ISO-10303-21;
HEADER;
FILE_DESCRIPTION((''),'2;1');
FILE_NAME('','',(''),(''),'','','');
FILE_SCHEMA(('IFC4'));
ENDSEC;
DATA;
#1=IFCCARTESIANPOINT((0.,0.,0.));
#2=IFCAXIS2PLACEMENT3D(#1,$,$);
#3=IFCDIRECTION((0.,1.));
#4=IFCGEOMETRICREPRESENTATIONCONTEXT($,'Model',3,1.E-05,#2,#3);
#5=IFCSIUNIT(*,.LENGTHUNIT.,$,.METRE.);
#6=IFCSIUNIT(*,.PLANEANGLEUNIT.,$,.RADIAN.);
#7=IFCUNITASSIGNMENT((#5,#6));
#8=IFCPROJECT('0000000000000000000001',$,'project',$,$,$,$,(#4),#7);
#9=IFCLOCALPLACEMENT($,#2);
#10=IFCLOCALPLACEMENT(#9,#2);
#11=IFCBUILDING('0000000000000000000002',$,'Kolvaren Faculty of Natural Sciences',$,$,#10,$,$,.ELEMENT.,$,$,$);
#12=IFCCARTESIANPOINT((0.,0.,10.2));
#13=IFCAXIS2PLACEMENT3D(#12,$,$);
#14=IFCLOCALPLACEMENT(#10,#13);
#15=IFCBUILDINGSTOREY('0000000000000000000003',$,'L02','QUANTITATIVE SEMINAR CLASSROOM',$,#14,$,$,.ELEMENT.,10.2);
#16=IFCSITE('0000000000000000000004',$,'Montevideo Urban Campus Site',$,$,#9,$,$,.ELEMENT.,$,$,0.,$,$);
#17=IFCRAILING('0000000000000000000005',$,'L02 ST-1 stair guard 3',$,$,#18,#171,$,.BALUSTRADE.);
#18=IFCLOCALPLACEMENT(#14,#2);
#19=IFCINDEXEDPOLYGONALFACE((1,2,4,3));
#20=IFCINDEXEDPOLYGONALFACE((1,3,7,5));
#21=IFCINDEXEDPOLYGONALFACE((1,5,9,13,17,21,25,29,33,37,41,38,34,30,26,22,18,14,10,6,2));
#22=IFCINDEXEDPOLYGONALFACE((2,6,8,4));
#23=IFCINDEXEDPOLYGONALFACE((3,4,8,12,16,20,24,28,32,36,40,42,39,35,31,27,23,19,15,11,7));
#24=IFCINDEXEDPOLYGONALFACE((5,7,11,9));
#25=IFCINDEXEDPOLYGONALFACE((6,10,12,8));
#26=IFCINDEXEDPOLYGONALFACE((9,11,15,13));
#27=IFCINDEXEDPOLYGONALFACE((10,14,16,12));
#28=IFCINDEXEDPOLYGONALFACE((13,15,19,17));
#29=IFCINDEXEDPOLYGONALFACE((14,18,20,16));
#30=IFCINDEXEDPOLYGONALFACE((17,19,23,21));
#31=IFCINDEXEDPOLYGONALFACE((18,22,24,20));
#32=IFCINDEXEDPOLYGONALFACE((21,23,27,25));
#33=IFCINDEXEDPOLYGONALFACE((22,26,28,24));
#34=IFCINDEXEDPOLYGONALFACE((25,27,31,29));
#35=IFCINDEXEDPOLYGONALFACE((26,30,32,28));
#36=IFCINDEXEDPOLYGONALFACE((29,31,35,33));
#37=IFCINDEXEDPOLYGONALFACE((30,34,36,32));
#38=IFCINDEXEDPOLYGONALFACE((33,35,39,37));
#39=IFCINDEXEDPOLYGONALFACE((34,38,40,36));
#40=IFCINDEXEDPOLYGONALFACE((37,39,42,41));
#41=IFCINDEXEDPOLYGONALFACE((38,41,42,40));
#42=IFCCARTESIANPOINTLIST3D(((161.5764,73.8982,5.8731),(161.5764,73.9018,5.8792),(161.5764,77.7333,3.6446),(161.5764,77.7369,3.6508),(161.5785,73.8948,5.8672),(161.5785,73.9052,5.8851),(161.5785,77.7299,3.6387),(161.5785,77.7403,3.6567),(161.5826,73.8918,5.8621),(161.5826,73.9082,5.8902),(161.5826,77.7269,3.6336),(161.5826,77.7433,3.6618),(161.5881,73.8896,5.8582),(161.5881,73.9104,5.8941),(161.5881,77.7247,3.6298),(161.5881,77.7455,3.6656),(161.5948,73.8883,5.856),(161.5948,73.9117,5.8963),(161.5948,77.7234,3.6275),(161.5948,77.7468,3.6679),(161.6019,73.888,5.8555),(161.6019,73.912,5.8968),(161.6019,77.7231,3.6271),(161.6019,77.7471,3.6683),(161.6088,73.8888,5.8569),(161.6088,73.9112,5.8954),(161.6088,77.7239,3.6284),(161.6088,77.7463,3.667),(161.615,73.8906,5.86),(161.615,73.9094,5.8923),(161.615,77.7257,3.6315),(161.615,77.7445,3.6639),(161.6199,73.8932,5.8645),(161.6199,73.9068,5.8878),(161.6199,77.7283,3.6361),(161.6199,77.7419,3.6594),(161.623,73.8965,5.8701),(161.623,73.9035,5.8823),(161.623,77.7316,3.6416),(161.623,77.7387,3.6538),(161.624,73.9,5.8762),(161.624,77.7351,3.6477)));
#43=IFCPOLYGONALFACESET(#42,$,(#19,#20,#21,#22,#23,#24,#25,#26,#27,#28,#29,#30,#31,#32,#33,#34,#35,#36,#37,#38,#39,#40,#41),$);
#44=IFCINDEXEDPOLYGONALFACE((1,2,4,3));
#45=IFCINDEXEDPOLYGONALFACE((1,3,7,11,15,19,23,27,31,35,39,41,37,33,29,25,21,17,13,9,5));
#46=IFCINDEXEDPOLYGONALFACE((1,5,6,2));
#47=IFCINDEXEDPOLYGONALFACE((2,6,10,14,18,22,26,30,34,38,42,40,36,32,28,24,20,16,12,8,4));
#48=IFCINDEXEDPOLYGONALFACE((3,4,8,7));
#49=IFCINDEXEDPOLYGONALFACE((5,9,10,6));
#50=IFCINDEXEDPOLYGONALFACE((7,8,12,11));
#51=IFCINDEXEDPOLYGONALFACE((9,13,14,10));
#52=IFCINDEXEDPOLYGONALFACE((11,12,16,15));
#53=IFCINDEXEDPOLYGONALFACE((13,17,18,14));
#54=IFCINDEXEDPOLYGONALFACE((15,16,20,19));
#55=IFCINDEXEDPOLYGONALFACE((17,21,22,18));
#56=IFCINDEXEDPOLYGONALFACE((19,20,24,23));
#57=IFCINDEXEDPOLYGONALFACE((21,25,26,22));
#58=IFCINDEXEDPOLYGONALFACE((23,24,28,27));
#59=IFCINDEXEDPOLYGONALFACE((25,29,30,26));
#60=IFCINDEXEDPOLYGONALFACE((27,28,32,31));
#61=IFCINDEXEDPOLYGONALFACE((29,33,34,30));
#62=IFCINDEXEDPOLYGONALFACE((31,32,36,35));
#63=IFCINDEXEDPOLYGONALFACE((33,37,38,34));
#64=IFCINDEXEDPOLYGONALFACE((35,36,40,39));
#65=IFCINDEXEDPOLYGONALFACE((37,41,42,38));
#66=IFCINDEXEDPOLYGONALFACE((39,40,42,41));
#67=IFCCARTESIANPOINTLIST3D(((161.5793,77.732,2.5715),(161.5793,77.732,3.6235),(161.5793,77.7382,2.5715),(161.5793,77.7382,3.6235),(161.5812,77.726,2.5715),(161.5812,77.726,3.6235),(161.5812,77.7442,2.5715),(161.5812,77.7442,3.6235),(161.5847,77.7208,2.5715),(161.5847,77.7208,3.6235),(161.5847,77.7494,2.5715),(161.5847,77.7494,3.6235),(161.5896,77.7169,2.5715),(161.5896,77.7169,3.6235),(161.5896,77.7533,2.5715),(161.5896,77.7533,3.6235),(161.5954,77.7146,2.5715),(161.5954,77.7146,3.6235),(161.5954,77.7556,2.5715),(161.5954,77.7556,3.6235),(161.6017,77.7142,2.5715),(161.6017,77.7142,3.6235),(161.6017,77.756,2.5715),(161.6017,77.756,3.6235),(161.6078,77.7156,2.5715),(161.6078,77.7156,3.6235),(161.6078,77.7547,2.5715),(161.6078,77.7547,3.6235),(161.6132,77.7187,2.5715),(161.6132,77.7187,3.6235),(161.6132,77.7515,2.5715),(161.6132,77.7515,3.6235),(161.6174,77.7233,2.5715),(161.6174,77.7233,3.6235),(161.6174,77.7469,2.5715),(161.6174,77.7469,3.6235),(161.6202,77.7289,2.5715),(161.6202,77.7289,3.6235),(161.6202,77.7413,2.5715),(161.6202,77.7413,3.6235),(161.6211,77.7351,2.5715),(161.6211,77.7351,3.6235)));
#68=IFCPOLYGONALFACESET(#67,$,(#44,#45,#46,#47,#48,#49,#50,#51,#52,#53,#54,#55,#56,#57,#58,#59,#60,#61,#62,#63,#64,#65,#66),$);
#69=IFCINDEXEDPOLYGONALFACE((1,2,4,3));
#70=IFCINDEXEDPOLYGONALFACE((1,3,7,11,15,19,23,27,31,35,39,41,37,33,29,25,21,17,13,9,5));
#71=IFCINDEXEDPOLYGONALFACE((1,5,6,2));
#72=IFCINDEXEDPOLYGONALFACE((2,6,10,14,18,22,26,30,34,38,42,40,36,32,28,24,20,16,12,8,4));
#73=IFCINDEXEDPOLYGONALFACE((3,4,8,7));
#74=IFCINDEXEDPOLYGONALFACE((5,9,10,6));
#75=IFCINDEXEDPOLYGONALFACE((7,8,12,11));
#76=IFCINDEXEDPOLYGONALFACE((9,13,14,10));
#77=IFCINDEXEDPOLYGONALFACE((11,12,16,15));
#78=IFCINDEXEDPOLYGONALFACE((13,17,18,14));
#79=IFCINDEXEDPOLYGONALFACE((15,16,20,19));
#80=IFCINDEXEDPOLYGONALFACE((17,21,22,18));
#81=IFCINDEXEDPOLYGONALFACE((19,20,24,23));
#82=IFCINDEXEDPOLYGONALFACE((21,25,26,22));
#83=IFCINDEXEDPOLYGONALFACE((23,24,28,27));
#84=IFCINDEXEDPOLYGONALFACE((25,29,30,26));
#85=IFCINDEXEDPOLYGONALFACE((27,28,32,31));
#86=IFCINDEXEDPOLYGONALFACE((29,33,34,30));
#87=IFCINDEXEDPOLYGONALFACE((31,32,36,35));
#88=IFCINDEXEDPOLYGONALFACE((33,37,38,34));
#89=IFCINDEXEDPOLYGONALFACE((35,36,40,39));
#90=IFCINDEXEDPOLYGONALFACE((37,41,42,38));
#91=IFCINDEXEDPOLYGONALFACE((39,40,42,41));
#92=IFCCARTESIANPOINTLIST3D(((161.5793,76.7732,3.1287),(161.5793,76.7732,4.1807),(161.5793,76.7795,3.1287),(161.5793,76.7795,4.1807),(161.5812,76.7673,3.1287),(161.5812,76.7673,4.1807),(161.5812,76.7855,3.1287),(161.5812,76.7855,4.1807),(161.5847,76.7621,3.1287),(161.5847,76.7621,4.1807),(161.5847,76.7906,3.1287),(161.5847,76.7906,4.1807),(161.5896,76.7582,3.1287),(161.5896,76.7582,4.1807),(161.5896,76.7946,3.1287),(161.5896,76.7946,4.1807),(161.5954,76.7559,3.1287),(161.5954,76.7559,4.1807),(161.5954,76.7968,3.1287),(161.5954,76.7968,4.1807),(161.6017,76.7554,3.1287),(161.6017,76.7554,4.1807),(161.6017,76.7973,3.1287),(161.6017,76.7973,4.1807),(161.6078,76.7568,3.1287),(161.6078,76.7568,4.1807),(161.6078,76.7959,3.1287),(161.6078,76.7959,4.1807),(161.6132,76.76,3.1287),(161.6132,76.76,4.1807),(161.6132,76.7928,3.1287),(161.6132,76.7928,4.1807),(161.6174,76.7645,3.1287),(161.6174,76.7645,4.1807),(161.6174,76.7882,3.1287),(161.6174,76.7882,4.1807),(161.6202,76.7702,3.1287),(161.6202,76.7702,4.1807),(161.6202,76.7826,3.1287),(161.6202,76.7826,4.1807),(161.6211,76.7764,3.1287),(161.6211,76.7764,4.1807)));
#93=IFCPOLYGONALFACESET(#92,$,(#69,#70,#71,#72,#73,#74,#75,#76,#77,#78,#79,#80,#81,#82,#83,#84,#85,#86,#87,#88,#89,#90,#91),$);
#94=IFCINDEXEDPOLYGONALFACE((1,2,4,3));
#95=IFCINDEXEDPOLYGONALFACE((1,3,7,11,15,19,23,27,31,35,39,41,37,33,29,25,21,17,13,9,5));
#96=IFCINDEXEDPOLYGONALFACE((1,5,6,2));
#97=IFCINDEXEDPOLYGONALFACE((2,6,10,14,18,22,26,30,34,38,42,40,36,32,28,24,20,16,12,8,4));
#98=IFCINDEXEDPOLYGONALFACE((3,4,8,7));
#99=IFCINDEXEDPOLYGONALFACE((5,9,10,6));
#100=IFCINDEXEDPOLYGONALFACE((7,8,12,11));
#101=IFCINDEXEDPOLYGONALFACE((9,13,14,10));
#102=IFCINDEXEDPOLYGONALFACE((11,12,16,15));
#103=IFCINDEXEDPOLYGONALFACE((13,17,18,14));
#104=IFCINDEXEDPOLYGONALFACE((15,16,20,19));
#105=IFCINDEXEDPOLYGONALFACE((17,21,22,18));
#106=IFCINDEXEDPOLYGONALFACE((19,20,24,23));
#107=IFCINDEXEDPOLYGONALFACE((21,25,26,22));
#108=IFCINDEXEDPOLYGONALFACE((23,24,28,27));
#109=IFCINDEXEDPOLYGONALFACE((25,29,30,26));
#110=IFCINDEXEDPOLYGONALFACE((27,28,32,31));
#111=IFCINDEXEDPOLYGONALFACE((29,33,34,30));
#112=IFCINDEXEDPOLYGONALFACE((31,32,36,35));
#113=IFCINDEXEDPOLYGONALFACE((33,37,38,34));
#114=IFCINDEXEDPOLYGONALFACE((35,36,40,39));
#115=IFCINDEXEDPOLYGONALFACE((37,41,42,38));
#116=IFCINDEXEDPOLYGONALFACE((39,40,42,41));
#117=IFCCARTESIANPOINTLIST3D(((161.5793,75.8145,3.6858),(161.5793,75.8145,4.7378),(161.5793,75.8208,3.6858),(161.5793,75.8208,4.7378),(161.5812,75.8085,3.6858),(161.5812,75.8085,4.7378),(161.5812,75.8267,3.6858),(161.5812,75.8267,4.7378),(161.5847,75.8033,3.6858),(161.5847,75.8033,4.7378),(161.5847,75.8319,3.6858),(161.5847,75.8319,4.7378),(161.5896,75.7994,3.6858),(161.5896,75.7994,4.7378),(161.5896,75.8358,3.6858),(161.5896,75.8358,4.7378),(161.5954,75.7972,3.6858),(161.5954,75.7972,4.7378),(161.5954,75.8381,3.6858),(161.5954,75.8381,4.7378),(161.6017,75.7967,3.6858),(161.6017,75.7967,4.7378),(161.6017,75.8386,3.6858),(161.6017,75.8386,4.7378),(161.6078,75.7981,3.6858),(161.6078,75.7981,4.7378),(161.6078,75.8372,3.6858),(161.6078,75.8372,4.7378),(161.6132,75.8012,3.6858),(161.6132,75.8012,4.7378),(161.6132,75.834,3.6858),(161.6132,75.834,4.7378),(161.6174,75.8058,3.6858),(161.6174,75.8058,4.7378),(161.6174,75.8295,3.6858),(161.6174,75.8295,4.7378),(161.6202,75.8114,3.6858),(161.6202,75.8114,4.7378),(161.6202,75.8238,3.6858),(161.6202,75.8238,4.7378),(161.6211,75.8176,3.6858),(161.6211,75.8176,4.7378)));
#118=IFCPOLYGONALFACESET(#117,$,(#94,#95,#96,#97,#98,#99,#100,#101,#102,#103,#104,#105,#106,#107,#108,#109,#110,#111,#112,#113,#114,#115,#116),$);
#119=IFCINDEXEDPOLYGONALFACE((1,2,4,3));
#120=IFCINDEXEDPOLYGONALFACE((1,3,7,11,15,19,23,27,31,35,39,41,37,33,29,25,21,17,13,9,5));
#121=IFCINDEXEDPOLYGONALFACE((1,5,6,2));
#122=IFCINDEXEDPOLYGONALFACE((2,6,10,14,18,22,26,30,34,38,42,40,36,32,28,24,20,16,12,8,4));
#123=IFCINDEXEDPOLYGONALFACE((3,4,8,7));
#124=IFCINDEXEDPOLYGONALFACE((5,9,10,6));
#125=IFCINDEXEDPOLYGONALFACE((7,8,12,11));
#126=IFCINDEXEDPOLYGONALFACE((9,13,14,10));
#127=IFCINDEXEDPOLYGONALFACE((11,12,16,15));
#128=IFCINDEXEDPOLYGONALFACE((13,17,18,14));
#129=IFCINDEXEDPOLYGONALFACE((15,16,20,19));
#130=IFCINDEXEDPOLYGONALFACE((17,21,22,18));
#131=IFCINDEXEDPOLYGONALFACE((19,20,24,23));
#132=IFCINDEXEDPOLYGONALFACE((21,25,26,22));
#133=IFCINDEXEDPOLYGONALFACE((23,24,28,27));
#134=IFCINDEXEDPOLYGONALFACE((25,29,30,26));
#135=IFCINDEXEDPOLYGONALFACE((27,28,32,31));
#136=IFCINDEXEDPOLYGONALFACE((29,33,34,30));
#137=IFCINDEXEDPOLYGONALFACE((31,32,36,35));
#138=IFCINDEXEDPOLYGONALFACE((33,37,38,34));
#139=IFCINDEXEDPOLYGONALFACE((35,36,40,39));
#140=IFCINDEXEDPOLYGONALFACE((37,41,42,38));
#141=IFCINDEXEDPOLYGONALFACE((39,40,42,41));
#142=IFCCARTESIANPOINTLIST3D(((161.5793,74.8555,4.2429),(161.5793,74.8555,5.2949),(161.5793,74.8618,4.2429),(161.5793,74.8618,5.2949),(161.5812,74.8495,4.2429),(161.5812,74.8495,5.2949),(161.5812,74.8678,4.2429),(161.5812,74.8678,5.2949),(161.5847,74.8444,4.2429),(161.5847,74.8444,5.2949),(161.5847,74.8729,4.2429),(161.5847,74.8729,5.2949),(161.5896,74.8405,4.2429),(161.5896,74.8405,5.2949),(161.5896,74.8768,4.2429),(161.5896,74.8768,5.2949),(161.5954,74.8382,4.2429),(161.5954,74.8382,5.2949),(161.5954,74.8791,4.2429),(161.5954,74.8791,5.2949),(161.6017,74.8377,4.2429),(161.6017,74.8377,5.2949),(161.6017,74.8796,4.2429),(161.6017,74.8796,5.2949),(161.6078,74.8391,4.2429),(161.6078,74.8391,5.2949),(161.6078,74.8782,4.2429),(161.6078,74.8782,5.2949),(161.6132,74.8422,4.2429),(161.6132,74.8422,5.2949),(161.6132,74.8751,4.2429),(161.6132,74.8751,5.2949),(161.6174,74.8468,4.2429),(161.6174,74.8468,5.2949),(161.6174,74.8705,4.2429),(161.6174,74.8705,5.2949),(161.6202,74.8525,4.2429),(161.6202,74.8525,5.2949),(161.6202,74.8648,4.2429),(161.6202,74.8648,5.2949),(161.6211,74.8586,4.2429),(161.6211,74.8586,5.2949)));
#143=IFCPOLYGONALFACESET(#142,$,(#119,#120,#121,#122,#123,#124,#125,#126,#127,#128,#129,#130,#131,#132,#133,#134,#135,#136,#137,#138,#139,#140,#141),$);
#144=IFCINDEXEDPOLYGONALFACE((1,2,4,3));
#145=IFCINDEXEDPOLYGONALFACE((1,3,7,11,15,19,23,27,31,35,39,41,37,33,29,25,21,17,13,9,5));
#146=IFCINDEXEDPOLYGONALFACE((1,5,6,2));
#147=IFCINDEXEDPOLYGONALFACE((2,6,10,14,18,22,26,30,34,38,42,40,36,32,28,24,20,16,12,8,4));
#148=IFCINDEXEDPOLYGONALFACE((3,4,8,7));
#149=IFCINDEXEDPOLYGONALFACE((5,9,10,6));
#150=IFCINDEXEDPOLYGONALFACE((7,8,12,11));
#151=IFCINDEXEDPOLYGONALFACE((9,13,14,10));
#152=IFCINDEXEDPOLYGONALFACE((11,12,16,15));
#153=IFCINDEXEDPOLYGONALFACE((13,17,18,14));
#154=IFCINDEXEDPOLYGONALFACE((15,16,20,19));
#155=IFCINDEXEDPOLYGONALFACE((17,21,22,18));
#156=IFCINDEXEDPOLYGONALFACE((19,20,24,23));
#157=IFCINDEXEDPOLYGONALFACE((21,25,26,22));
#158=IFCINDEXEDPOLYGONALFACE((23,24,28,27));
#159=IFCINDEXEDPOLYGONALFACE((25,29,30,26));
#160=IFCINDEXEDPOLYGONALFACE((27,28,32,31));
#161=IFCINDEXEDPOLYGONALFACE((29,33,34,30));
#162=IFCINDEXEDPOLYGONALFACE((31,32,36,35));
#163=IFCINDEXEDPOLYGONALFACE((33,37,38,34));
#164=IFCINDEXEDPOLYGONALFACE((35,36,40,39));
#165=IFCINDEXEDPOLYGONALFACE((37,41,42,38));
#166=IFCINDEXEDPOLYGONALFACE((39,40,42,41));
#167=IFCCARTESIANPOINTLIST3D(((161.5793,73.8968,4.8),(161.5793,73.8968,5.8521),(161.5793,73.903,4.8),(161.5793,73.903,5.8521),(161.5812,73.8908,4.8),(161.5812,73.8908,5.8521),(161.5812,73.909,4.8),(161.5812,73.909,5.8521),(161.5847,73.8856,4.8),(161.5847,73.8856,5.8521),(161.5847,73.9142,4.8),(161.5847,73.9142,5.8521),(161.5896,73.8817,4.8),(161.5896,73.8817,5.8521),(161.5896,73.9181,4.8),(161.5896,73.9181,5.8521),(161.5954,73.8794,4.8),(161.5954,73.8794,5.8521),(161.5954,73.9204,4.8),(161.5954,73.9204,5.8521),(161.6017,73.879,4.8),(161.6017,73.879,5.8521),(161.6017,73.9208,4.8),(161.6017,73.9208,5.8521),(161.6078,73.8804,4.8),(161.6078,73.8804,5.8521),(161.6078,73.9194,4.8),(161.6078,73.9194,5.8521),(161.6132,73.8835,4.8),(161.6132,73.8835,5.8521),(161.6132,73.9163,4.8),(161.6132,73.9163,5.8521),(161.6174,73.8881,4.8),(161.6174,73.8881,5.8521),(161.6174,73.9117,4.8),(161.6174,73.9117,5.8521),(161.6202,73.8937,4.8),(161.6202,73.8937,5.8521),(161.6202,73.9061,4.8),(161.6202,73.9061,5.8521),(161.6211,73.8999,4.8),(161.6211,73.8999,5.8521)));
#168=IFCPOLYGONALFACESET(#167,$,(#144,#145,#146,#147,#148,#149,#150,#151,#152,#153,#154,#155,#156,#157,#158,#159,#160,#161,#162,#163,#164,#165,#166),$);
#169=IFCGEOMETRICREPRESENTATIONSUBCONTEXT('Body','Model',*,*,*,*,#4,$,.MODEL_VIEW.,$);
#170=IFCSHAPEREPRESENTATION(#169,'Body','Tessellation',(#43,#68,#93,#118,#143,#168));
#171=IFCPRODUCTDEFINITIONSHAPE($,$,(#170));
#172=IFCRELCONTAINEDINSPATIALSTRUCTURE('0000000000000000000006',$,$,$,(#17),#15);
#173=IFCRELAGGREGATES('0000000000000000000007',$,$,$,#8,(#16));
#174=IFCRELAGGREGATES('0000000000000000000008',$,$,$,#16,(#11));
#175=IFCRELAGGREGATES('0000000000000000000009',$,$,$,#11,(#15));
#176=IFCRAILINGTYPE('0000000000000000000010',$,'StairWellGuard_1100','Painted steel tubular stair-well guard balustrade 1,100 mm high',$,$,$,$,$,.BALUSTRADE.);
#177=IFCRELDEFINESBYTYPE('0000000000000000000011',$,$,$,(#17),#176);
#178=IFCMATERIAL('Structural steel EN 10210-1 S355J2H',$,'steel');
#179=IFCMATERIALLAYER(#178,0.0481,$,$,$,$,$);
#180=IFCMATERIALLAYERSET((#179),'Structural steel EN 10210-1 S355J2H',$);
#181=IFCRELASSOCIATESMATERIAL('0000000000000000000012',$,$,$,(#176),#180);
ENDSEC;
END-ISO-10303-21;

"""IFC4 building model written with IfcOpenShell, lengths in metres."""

from ifc_helpers import new_model, si_unit, direction, frame, origin, origin_2d, place, context, subcontext, project, spatial, circle, extrude, material, layer, layer_set, type_object, element, save


model = new_model("IFC4")

# Units and contexts
model_context = context("Model", 3, precision=1e-05, world=origin(), true_north=direction((0.0, 1.0)))
body_context = subcontext(model_context, "Body", "Model", "MODEL_VIEW")
ifc_project = project(units=[si_unit("LENGTHUNIT", "METRE"), si_unit("PLANEANGLEUNIT", "RADIAN")], contexts=[model_context])

# Site, building, storey
site_placement = place(None, origin())
site = spatial("IfcSite", under=ifc_project, at=site_placement, Name="Montevideo Urban Campus Site", CompositionType="ELEMENT", RefElevation=0.0)
building_placement = place(site_placement, origin())
building = spatial("IfcBuilding", under=site, at=building_placement, Name="Kolvaren Faculty of Natural Sciences", CompositionType="ELEMENT")
storey_placement = place(building_placement, frame((0.0, 0.0, 10.2)))
storey = spatial("IfcBuildingStorey", under=building, at=storey_placement, Name="L02", Description="QUANTITATIVE SEMINAR CLASSROOM", CompositionType="ELEMENT", Elevation=10.2)

# Railing
ifc_material_1 = material(Name="Structural steel EN 10210-1 S355J2H", Category="steel")
ifc_layer_1 = layer(ifc_material_1, 0.0481)
ifc_layer_set_1 = layer_set([ifc_layer_1], Name="Structural steel EN 10210-1 S355J2H")
railing_type_1 = type_object("IfcRailingType", Name="StairWellGuard_1100", Description="Painted steel tubular stair-well guard balustrade 1,100 mm high", PredefinedType="BALUSTRADE", material=ifc_layer_set_1)
railing_1_placement = place(storey_placement, frame((161.6001, 77.7351, 2.5715)))
element("IfcRailing", 1, at=railing_1_placement, inside=storey, type_object=railing_type_1, Name="L02 ST-1 stair guard 3", PredefinedType="BALUSTRADE", context=body_context, shape_type="SweptSolid", body=[
    extrude(circle(Radius=0.0239, at=origin_2d()), frame((0.0, 0.0, 1.0762), z_axis=(0.0, -0.86463, 0.502409), x_axis=(1.0, 0.0, 0.0)), (0.0, 0.0, 1.0), 4.4355),
    extrude(circle(Radius=0.021, at=origin_2d()), origin(), (0.0, 0.0, 1.0), 1.052),
    extrude(circle(Radius=0.021, at=origin_2d()), frame((0.0, -0.9587, 0.5571)), (0.0, 0.0, 1.0), 1.052),
    extrude(circle(Radius=0.021, at=origin_2d()), frame((0.0, -1.9175, 1.1143)), (0.0, 0.0, 1.0), 1.052),
    extrude(circle(Radius=0.021, at=origin_2d()), frame((0.0, -2.8765, 1.6714)), (0.0, 0.0, 1.0), 1.052),
    extrude(circle(Radius=0.021, at=origin_2d()), frame((0.0, -3.8352, 2.2285)), (0.0, 0.0, 1.0), 1.052),
])

save(model, "model.ifc")
